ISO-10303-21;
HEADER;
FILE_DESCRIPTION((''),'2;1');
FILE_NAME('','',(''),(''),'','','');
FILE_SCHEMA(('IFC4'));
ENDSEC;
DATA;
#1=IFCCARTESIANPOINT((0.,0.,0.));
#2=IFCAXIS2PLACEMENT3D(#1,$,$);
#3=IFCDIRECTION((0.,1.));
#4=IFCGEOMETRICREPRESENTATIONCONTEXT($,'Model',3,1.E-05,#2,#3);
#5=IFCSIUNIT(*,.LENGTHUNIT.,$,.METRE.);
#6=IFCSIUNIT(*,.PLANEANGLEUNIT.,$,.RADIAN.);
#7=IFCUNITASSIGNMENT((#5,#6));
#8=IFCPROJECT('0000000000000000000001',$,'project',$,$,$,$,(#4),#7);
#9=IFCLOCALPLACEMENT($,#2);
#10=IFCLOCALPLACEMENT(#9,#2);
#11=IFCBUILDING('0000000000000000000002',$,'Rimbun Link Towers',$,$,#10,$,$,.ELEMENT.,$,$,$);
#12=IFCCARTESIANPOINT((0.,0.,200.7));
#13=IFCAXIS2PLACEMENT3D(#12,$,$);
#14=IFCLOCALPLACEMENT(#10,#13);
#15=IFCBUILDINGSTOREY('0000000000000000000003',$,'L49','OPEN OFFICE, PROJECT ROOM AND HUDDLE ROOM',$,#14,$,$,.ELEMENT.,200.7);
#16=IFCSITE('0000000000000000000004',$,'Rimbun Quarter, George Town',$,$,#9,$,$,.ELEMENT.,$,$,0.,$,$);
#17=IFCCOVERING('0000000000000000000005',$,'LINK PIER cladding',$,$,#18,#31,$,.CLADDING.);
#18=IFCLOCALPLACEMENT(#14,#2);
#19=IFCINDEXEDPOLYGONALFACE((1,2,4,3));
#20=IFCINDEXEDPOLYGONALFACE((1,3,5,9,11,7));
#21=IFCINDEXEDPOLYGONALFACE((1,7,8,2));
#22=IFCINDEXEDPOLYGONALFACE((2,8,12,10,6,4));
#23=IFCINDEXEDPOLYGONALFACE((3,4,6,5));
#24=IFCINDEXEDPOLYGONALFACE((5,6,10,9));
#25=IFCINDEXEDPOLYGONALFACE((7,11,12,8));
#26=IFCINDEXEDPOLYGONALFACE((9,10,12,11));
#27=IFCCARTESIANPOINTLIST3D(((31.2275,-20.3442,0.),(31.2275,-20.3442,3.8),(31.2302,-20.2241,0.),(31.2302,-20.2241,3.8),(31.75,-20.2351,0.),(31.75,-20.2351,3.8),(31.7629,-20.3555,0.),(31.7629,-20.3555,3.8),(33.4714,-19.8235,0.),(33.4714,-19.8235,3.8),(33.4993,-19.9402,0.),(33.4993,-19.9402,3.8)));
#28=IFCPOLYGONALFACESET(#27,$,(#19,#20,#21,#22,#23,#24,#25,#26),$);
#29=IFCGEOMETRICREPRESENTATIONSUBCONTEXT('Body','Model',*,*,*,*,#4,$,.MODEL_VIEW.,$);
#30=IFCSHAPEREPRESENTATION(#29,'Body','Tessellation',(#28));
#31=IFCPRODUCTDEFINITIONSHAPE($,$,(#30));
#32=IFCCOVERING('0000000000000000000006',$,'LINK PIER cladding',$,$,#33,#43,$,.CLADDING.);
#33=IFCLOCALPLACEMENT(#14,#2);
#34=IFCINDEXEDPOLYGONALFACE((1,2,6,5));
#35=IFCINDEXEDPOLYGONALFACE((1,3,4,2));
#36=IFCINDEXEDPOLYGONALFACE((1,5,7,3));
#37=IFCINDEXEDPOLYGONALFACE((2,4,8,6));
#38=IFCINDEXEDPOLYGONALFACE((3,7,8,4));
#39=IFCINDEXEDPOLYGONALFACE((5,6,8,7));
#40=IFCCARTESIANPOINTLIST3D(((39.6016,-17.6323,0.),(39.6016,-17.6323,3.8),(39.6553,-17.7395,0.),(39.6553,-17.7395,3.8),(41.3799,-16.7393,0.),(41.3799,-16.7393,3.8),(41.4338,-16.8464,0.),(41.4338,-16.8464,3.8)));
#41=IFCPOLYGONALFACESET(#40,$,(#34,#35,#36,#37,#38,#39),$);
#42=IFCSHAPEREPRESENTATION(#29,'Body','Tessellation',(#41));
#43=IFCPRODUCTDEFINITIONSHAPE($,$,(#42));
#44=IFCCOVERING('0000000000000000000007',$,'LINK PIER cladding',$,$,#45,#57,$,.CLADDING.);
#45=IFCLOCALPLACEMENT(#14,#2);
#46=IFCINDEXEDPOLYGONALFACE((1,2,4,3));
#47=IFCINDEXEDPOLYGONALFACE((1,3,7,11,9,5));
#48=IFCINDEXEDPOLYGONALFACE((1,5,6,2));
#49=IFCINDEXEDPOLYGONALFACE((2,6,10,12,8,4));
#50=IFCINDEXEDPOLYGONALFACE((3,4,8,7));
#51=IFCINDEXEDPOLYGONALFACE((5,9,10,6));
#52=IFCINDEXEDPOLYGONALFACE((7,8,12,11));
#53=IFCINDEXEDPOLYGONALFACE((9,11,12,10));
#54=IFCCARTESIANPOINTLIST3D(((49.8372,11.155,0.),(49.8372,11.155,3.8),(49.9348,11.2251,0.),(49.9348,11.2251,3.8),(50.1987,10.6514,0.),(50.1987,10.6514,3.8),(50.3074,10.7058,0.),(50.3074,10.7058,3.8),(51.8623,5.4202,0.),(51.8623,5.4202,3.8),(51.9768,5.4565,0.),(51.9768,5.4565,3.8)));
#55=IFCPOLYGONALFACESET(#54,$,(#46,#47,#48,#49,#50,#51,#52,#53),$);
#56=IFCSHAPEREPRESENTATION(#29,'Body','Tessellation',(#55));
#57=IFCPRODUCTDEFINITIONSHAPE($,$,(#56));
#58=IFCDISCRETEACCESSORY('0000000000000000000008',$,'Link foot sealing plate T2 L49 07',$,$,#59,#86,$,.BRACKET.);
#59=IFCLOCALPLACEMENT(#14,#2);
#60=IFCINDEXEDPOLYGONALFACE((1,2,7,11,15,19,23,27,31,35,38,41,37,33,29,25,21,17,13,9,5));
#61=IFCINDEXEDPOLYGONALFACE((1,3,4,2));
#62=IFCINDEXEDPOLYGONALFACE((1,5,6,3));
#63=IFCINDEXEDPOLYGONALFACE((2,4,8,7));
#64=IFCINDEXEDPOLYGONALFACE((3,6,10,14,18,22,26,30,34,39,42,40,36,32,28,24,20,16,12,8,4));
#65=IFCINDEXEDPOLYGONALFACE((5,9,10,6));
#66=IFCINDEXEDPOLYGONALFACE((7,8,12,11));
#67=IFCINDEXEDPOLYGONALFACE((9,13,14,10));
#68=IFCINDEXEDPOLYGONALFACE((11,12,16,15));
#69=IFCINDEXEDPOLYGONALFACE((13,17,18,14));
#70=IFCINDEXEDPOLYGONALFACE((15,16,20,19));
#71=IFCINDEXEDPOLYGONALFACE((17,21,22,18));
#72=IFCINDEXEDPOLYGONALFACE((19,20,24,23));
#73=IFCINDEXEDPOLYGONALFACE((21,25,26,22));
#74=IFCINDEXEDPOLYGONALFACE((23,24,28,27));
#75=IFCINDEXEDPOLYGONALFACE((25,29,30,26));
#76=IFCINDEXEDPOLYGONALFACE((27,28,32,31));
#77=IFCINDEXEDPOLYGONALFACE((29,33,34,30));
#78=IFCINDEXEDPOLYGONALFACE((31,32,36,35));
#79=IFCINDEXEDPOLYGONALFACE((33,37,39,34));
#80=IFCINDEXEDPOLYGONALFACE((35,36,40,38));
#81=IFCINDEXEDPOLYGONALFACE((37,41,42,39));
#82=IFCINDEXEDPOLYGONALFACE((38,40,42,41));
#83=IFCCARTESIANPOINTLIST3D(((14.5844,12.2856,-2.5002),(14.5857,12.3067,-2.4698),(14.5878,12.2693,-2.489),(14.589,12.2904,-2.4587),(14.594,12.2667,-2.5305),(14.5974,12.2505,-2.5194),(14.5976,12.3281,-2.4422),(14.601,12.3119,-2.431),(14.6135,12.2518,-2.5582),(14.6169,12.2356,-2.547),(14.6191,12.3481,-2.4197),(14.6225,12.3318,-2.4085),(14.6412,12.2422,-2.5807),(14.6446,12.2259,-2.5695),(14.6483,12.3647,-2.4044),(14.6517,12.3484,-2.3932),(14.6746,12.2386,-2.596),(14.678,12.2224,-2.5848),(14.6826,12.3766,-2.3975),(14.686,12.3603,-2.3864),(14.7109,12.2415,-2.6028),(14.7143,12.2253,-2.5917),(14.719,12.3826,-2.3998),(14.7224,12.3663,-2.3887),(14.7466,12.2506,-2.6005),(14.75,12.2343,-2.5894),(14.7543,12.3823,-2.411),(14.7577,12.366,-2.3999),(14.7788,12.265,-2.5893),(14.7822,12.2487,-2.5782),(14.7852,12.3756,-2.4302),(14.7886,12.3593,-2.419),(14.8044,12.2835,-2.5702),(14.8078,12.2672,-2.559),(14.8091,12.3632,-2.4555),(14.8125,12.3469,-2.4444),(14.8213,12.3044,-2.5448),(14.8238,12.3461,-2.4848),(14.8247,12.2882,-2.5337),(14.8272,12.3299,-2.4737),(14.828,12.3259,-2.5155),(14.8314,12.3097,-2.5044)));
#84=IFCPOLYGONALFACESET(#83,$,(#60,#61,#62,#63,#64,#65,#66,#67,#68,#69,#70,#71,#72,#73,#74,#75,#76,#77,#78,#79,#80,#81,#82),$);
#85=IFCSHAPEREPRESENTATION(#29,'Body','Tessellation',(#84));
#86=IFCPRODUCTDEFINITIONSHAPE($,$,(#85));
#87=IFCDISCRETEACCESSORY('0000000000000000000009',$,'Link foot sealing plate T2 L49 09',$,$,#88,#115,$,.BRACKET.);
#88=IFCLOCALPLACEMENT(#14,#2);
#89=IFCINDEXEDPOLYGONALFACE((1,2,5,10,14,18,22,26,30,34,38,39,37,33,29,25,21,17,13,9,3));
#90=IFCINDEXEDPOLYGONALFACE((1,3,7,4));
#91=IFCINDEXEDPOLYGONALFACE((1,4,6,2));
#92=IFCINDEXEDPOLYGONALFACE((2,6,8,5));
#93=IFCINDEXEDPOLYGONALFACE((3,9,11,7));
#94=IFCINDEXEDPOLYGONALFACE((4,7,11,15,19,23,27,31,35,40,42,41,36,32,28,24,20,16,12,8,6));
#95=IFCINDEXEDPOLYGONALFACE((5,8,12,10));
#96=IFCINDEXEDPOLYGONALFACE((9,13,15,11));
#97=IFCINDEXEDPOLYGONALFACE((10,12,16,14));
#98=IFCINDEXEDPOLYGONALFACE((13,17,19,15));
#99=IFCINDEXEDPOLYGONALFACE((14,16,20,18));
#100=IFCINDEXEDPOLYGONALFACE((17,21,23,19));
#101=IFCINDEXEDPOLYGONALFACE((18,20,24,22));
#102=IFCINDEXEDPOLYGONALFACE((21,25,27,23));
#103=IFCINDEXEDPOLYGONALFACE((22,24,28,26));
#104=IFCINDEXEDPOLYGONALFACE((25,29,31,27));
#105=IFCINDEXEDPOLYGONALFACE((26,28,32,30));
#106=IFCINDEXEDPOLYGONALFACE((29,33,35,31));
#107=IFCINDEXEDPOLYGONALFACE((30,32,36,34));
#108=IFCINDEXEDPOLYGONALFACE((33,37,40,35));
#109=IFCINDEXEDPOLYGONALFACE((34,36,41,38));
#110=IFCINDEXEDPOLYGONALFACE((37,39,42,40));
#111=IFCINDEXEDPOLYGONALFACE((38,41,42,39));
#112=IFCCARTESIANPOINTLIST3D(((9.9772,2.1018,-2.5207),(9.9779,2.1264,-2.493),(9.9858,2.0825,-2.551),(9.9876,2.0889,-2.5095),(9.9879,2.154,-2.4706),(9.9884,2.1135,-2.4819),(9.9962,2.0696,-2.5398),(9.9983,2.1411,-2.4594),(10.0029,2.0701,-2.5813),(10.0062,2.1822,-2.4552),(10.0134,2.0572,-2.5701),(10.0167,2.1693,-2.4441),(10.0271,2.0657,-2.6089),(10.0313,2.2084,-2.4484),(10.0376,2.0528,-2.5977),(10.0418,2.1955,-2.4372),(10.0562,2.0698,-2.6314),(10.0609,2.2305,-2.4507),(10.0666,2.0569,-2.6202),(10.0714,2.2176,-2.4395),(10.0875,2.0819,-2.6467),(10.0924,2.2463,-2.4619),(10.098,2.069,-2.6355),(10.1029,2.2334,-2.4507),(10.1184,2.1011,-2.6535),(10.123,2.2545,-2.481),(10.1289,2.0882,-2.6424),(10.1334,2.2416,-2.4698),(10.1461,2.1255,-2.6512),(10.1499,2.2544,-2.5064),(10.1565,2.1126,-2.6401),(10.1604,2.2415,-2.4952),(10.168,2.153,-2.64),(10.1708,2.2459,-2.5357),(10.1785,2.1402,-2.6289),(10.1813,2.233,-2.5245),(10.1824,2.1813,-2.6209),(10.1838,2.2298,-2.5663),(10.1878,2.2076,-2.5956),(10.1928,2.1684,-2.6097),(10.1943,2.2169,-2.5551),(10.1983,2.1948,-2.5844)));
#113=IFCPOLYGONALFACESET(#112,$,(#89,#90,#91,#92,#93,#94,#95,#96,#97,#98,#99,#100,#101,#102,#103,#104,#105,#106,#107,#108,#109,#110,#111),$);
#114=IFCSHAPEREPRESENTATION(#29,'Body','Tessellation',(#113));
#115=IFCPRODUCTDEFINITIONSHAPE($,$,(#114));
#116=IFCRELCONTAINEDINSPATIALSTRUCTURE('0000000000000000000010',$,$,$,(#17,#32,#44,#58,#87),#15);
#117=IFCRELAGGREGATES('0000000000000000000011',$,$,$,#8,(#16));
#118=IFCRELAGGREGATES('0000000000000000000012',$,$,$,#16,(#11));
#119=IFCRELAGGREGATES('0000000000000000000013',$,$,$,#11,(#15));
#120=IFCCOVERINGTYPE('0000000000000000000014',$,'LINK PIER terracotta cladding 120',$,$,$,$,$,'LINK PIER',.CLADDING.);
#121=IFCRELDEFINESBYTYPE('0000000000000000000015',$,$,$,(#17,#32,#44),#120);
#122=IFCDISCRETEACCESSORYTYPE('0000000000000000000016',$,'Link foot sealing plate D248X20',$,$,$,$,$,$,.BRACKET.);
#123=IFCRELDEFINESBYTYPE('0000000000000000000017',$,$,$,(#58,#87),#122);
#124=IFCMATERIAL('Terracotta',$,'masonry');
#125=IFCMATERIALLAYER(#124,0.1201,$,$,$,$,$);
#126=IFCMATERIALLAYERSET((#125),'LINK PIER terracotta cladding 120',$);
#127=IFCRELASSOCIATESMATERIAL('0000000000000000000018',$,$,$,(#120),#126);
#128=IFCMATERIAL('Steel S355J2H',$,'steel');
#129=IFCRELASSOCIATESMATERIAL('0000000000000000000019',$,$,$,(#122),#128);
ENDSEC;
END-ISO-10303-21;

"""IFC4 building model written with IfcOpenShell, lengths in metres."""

from ifc_helpers import new_model, si_unit, direction, frame, origin, origin_2d, place, context, subcontext, project, spatial, polyline, circle, outline, extrude, material, layer, layer_set, material_profile, profile_set, type_object, element, save


model = new_model("IFC4")

# Units and contexts
model_context = context("Model", 3, precision=1e-05, world=origin(), true_north=direction((0.0, 1.0)))
body_context = subcontext(model_context, "Body", "Model", "MODEL_VIEW")
ifc_project = project(units=[si_unit("LENGTHUNIT", "METRE"), si_unit("PLANEANGLEUNIT", "RADIAN")], contexts=[model_context])

# Site, building, storey
site_placement = place(None, origin())
site = spatial("IfcSite", under=ifc_project, at=site_placement, Name="Rimbun Quarter, George Town", CompositionType="ELEMENT", RefElevation=0.0)
building_placement = place(site_placement, origin())
building = spatial("IfcBuilding", under=site, at=building_placement, Name="Rimbun Link Towers", CompositionType="ELEMENT")
storey_placement = place(building_placement, frame((0.0, 0.0, 200.7)))
storey = spatial("IfcBuildingStorey", under=building, at=storey_placement, Name="L49", Description="OPEN OFFICE, PROJECT ROOM AND HUDDLE ROOM", CompositionType="ELEMENT", Elevation=200.7)

# Coverings
ifc_material_1 = material(Name="Terracotta", Category="masonry")
ifc_layer_1 = layer(ifc_material_1, 0.1201)
ifc_layer_set_1 = layer_set([ifc_layer_1], Name="LINK PIER terracotta cladding 120")
covering_type_1 = type_object("IfcCoveringType", Name="LINK PIER terracotta cladding 120", ElementType="LINK PIER", PredefinedType="CLADDING", material=ifc_layer_set_1)
covering_1_placement = place(storey_placement, origin())
element("IfcCovering", 1, at=covering_1_placement, inside=storey, type_object=covering_type_1, Name="LINK PIER cladding", PredefinedType="CLADDING", context=body_context, shape_type="SweptSolid", body=[
    extrude(outline(polyline([(33.4714, -19.8235), (31.75, -20.2351), (31.2302, -20.2241), (31.2275, -20.3442), (31.7629, -20.3555), (33.4993, -19.9402), (33.4714, -19.8235)])), origin(), (0.0, 0.0, 1.0), 3.8),
])
covering_2_placement = place(storey_placement, origin())
element("IfcCovering", 2, at=covering_2_placement, inside=storey, type_object=covering_type_1, Name="LINK PIER cladding", PredefinedType="CLADDING", context=body_context, shape_type="SweptSolid", body=[
    extrude(outline(polyline([(41.3799, -16.7393), (39.6016, -17.6323), (39.6553, -17.7395), (41.4338, -16.8464), (41.3799, -16.7393)])), origin(), (0.0, 0.0, 1.0), 3.8),
])
covering_3_placement = place(storey_placement, origin())
element("IfcCovering", 3, at=covering_3_placement, inside=storey, type_object=covering_type_1, Name="LINK PIER cladding", PredefinedType="CLADDING", context=body_context, shape_type="SweptSolid", body=[
    extrude(outline(polyline([(49.8372, 11.155), (50.1987, 10.6514), (51.8623, 5.4202), (51.9768, 5.4565), (50.3074, 10.7058), (49.9348, 11.2251), (49.8372, 11.155)])), origin(), (0.0, 0.0, 1.0), 3.8),
])

# Discrete accessories
ifc_material_2 = material(Name="Steel S355J2H", Category="steel")
ifc_material_profile_1 = material_profile(ifc_material_2, circle(Radius=0.124, at=origin_2d()), Name="PL D248")
ifc_profile_set_1 = profile_set([ifc_material_profile_1], Name="Steel S355J2H")
discrete_accessory_type = type_object("IfcDiscreteAccessoryType", Name="Link foot sealing plate D248X20", PredefinedType="BRACKET", material=ifc_profile_set_1)
for number, where, z_axis, x_axis, name in (
    (4, (14.7092, 12.2947, -2.489), (-0.169762, 0.812435, -0.557791), (-0.978859, -0.204538, 0.0), "Link foot sealing plate T2 L49 07"),
    (5, (10.0925, 2.1477, -2.5398), (-0.522451, 0.643952, -0.558901), (-0.776562, -0.630041, 0.0), "Link foot sealing plate T2 L49 09"),
):
    element("IfcDiscreteAccessory", number, at=place(storey_placement, frame(where, z_axis=z_axis, x_axis=x_axis)), inside=storey, type_object=discrete_accessory_type, Name=name, PredefinedType="BRACKET", context=body_context, shape_type="SweptSolid", body=[
        extrude(circle(Radius=0.124, at=origin_2d()), origin(), (0.0, 0.0, 1.0), 0.02),
    ])

save(model, "model.ifc")
